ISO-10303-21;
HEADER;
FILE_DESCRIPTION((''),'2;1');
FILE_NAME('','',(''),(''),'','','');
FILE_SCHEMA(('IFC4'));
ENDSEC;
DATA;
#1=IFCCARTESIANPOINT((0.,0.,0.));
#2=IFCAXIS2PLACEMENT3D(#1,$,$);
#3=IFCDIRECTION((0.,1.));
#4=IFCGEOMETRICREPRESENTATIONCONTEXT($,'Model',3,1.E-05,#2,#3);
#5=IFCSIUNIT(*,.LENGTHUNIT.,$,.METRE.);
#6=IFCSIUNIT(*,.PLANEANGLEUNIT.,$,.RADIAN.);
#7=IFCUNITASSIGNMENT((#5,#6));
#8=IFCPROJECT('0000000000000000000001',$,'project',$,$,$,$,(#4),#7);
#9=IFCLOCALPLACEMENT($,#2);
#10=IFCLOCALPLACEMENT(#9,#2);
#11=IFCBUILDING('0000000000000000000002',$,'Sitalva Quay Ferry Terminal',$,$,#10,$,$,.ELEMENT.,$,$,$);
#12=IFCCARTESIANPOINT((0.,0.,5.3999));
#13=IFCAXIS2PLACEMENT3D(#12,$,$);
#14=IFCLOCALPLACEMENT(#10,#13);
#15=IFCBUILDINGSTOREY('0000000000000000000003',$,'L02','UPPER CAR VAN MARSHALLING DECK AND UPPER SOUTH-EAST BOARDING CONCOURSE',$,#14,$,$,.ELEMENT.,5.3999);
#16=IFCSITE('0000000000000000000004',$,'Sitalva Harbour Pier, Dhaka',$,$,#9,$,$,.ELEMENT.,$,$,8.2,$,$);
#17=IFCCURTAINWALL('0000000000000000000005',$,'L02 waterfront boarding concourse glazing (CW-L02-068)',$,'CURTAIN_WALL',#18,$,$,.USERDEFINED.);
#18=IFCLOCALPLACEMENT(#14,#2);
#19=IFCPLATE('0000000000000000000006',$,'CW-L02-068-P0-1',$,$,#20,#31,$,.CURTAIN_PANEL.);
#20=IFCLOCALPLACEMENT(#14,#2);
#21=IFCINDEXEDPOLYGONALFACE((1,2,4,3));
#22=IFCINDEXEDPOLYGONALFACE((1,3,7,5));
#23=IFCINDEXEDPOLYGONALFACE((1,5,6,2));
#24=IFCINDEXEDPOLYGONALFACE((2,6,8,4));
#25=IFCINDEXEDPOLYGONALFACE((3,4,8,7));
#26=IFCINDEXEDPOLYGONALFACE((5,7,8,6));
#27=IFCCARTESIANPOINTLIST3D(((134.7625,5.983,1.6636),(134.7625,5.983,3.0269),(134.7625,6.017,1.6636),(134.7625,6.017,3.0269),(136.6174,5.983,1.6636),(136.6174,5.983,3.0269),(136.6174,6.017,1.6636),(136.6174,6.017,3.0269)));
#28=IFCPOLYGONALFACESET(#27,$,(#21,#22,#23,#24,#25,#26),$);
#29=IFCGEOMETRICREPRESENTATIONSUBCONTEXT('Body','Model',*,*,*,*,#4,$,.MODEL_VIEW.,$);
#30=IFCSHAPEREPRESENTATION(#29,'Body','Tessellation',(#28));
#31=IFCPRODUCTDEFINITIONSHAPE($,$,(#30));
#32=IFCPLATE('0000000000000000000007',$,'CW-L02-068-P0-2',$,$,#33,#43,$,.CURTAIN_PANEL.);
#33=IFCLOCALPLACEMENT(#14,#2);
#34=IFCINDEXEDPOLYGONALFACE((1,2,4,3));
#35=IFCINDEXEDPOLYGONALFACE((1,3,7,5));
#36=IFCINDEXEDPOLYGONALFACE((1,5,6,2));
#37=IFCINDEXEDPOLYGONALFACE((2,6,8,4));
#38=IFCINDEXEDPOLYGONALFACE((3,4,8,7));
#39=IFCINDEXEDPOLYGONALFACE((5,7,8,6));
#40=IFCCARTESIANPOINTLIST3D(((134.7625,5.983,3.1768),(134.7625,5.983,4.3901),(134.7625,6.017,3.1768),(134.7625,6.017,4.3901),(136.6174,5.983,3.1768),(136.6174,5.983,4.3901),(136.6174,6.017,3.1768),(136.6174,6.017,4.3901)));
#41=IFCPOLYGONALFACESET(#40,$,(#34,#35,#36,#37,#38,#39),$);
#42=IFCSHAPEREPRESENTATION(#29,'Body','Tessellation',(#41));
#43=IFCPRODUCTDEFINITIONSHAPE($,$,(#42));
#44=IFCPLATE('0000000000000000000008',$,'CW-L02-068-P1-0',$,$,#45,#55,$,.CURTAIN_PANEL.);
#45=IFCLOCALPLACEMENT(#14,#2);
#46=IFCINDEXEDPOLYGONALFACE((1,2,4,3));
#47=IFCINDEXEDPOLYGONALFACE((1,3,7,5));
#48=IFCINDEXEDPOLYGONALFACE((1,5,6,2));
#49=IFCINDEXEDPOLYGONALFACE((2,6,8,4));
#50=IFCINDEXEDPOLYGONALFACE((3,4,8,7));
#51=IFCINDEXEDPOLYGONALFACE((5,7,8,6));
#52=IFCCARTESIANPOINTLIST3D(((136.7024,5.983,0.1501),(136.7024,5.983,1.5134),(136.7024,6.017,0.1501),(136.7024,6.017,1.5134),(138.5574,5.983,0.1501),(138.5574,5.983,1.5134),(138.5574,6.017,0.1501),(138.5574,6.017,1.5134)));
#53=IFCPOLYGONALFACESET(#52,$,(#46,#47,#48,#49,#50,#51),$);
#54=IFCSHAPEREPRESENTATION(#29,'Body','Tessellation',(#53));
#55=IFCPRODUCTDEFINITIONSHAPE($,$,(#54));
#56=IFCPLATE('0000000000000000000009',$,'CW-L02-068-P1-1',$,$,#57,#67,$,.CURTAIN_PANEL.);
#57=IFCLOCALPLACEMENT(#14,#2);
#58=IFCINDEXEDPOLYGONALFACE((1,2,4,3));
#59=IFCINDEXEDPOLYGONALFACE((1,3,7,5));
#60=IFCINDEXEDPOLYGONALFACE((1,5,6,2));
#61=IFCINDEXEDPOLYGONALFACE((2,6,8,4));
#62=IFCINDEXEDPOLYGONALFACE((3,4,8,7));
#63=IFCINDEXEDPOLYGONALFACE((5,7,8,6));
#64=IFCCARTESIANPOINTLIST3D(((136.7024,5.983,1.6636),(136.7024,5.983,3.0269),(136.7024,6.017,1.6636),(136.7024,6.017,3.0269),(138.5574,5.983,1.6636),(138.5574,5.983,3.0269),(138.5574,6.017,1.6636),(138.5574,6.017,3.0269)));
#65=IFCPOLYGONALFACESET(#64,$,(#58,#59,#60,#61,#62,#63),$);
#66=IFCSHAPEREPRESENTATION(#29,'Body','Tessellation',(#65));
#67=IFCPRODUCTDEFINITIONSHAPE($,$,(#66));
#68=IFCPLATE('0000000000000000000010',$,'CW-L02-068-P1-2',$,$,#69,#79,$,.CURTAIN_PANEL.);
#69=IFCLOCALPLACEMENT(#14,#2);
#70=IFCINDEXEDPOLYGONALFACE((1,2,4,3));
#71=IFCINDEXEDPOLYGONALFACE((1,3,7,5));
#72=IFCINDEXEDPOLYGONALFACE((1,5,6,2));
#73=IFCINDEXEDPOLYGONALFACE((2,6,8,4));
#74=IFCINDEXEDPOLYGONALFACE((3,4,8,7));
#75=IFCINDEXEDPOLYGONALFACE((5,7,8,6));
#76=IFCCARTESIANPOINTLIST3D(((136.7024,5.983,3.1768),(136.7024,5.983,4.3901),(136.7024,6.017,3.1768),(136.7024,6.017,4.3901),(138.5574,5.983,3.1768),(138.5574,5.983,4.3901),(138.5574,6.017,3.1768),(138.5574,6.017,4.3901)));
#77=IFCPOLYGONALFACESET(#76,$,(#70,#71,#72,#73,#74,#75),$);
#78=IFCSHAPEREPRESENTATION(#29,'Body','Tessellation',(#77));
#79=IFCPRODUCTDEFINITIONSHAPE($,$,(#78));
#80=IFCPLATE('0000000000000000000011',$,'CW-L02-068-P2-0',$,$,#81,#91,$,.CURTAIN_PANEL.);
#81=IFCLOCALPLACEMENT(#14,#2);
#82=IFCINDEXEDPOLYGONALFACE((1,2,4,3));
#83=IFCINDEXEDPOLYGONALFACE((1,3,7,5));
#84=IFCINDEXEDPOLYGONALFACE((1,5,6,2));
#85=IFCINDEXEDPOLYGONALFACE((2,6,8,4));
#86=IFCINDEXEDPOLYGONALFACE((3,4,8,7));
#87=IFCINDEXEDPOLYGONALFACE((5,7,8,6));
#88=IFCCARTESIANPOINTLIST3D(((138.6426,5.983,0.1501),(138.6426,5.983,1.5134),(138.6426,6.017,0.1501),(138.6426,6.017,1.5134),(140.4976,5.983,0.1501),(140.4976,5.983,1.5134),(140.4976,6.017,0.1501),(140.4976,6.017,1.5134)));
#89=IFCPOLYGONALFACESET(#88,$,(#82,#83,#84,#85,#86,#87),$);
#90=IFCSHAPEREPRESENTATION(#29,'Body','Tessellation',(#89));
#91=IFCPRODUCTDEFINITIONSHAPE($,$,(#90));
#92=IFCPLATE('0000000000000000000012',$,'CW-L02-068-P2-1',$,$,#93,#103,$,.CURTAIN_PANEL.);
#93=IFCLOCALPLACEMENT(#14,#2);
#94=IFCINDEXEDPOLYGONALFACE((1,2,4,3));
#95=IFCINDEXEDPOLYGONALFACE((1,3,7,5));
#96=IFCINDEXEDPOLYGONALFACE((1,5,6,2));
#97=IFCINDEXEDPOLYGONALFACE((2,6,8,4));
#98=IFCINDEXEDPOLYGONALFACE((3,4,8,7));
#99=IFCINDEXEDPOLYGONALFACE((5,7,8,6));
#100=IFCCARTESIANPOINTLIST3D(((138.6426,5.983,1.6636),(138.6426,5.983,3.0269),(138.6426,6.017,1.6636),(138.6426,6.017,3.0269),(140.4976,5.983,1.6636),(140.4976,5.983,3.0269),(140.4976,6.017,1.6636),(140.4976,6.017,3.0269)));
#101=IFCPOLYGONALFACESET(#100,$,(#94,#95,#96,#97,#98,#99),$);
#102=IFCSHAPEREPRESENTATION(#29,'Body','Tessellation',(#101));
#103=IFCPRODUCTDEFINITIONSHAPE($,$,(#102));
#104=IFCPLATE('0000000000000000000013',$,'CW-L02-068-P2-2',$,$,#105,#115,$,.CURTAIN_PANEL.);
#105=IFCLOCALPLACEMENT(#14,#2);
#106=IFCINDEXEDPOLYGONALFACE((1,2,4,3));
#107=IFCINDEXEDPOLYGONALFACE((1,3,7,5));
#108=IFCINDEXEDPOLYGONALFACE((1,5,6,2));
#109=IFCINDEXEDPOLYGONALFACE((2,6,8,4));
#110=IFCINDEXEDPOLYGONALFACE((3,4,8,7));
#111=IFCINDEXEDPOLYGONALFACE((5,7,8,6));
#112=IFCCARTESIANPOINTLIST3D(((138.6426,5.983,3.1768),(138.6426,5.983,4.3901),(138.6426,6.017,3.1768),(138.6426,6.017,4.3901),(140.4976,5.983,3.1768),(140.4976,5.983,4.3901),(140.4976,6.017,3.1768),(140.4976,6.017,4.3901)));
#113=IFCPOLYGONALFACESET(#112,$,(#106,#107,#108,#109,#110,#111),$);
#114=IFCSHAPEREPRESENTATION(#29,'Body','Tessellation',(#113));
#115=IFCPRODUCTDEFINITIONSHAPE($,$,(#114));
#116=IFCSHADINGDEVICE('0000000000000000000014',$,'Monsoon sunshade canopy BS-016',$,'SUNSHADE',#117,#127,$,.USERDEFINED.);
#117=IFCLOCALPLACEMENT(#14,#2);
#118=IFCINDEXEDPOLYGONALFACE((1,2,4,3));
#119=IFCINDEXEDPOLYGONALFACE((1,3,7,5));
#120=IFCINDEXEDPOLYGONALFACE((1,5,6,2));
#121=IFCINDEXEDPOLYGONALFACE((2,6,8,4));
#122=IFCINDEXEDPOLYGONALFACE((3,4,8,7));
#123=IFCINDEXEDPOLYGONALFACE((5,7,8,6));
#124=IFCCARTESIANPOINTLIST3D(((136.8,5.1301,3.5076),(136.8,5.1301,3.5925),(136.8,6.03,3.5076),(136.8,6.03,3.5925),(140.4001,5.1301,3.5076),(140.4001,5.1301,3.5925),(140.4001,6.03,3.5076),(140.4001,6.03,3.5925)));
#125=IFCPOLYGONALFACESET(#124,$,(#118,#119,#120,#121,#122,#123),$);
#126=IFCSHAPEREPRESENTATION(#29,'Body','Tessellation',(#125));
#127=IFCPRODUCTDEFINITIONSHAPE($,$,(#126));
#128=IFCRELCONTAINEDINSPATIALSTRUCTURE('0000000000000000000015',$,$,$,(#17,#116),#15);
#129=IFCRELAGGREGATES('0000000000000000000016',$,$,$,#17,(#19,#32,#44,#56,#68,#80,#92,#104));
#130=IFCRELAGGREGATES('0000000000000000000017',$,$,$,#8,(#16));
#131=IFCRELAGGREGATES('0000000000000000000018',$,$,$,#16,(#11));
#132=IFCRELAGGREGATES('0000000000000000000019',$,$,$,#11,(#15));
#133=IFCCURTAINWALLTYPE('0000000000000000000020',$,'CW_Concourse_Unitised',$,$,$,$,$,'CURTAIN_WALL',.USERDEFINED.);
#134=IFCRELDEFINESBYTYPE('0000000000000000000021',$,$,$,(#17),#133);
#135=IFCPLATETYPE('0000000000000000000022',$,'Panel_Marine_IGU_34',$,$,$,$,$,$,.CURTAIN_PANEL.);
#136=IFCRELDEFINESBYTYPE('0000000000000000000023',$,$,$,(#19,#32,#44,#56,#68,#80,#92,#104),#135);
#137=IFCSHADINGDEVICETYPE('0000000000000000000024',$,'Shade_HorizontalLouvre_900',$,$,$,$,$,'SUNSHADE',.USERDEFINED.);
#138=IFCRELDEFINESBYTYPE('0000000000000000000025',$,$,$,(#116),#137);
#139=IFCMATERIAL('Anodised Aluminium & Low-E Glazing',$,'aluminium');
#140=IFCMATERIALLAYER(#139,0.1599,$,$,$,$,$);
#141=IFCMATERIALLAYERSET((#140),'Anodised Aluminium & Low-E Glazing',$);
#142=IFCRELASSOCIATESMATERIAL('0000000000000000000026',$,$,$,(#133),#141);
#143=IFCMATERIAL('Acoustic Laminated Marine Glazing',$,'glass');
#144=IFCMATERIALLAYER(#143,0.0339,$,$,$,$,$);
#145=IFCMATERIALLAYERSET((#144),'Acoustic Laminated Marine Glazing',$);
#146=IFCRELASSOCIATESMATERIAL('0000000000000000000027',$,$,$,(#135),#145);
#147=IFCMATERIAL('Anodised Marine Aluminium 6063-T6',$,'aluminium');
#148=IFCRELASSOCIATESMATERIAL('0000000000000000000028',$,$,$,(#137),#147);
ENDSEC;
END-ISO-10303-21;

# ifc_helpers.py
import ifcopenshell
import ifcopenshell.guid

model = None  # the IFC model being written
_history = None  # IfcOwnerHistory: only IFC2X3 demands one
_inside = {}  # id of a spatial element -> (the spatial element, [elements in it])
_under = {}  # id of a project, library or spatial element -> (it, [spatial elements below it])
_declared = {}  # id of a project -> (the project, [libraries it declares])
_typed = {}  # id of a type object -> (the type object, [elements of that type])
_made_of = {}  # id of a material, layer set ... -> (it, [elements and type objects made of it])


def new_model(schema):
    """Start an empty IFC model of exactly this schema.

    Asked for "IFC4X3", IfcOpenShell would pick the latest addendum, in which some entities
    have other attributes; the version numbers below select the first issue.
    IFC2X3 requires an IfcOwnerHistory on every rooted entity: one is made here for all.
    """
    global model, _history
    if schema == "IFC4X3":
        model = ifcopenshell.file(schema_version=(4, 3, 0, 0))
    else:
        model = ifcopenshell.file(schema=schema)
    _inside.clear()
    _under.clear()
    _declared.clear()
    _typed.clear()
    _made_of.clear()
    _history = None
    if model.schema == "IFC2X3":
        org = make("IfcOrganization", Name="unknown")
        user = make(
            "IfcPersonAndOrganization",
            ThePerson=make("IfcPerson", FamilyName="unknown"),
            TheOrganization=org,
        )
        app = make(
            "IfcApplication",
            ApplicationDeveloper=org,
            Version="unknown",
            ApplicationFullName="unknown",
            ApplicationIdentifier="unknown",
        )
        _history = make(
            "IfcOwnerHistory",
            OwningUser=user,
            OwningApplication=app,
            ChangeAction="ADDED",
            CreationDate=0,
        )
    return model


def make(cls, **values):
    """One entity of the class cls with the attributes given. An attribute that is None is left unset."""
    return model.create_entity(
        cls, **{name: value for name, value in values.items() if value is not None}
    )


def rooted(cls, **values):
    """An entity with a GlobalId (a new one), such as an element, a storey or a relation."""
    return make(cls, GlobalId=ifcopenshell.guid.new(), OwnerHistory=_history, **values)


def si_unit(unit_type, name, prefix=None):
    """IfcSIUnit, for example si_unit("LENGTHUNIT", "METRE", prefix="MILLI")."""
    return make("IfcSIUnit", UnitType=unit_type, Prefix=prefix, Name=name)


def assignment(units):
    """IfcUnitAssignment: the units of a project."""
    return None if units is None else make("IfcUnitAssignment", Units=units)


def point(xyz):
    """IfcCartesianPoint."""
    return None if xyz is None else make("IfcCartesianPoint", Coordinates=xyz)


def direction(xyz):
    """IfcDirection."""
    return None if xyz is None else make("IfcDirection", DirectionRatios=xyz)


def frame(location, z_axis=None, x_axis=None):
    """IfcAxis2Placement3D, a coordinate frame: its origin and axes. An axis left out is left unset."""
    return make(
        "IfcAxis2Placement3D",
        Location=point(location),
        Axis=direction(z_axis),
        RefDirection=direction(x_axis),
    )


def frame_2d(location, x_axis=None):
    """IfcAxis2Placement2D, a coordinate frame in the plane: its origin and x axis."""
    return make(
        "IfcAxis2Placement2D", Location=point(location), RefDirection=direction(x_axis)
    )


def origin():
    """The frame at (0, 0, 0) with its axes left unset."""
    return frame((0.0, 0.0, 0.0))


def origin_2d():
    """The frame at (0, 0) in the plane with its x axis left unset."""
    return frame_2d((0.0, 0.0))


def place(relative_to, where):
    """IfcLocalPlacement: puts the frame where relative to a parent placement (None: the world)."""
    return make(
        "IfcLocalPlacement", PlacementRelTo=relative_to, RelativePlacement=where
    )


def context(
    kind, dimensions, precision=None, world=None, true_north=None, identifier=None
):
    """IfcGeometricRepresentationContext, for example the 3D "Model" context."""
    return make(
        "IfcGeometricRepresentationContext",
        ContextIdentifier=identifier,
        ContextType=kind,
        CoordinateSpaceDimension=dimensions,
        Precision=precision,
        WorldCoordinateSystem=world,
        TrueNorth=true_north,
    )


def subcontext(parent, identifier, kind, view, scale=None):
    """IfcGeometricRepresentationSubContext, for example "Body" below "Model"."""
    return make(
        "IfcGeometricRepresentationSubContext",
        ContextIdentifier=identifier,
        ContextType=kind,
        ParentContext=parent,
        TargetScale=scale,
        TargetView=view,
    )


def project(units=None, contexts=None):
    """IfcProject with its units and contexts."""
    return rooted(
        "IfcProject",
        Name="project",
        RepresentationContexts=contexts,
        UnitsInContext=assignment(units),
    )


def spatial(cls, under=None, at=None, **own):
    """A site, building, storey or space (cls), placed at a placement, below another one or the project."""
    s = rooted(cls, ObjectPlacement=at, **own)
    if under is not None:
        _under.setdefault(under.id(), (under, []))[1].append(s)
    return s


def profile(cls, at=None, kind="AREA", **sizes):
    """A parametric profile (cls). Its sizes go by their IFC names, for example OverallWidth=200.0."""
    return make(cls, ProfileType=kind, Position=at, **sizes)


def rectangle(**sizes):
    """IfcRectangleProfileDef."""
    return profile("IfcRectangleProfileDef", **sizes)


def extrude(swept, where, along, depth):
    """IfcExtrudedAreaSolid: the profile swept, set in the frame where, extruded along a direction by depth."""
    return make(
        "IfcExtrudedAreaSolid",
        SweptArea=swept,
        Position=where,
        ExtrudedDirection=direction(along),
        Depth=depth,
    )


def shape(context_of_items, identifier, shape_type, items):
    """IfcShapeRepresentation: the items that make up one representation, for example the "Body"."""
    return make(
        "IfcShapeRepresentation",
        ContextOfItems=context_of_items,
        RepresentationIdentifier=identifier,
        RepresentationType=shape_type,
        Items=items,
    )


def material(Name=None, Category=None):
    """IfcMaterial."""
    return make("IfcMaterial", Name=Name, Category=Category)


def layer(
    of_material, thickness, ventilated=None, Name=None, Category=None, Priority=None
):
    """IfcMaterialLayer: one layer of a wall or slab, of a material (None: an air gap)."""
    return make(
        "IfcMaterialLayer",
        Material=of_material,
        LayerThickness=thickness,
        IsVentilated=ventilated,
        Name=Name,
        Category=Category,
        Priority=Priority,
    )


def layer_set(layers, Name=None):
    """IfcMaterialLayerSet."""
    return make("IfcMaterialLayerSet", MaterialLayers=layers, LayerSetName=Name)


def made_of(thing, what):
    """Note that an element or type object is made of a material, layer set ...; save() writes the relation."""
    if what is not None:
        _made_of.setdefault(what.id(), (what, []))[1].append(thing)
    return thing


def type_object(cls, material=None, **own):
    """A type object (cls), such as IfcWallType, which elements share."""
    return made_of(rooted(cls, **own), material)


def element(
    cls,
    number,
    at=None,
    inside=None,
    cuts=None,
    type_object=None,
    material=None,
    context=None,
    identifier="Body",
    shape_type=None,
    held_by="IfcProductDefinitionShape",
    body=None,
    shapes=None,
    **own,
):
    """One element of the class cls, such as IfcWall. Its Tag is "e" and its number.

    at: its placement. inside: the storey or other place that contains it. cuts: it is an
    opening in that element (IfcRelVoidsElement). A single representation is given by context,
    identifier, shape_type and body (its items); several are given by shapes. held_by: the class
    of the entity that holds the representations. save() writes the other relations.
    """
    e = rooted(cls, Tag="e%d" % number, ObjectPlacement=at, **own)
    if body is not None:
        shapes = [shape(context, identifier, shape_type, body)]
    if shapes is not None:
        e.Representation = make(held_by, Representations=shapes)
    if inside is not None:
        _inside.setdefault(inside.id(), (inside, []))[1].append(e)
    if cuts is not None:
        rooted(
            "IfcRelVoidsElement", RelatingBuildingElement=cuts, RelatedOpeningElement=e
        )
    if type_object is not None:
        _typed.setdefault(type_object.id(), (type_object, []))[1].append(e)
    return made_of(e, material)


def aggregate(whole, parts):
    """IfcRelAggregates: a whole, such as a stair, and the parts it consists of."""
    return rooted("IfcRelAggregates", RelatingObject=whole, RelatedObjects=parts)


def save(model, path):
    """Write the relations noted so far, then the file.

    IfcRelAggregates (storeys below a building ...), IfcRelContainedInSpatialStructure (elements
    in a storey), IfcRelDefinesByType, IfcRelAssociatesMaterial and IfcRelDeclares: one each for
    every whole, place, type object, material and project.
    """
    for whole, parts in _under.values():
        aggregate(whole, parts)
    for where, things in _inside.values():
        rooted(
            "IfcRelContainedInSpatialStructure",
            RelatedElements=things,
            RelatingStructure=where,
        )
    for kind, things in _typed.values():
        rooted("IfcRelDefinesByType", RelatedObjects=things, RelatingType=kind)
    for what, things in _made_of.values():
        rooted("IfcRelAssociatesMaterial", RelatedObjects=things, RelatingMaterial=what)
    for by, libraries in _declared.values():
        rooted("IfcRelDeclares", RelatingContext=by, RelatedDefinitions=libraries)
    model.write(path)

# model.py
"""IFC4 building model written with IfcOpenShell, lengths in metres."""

from ifc_helpers import new_model, si_unit, direction, frame, origin, origin_2d, place, context, subcontext, project, spatial, rectangle, extrude, material, layer, layer_set, type_object, element, aggregate, save


model = new_model("IFC4")

# Units and contexts
model_context = context("Model", 3, precision=1e-05, world=origin(), true_north=direction((0.0, 1.0)))
body_context = subcontext(model_context, "Body", "Model", "MODEL_VIEW")
ifc_project = project(units=[si_unit("LENGTHUNIT", "METRE"), si_unit("PLANEANGLEUNIT", "RADIAN")], contexts=[model_context])

# Site, building, storey
site_placement = place(None, origin())
site = spatial("IfcSite", under=ifc_project, at=site_placement, Name="Sitalva Harbour Pier, Dhaka", CompositionType="ELEMENT", RefElevation=8.2)
building_placement = place(site_placement, origin())
building = spatial("IfcBuilding", under=site, at=building_placement, Name="Sitalva Quay Ferry Terminal", CompositionType="ELEMENT")
storey_placement = place(building_placement, frame((0.0, 0.0, 5.3999)))
storey = spatial("IfcBuildingStorey", under=building, at=storey_placement, Name="L02", Description="UPPER CAR VAN MARSHALLING DECK AND UPPER SOUTH-EAST BOARDING CONCOURSE", CompositionType="ELEMENT", Elevation=5.3999)

# Curtain wall, plates
ifc_material_1 = material(Name="Anodised Aluminium & Low-E Glazing", Category="aluminium")
ifc_layer_1 = layer(ifc_material_1, 0.1599)
ifc_layer_set_1 = layer_set([ifc_layer_1], Name="Anodised Aluminium & Low-E Glazing")
curtain_wall_type = type_object("IfcCurtainWallType", Name="CW_Concourse_Unitised", ElementType="CURTAIN_WALL", PredefinedType="USERDEFINED", material=ifc_layer_set_1)
curtain_wall_placement = place(storey_placement, origin())
curtain_wall = element("IfcCurtainWall", 1, at=curtain_wall_placement, inside=storey, type_object=curtain_wall_type, Name="L02 waterfront boarding concourse glazing (CW-L02-068)", ObjectType="CURTAIN_WALL", PredefinedType="USERDEFINED")
ifc_material_2 = material(Name="Acoustic Laminated Marine Glazing", Category="glass")
ifc_layer_2 = layer(ifc_material_2, 0.0339)
ifc_layer_set_2 = layer_set([ifc_layer_2], Name="Acoustic Laminated Marine Glazing")
plate_type = type_object("IfcPlateType", Name="Panel_Marine_IGU_34", PredefinedType="CURTAIN_PANEL", material=ifc_layer_set_2)
plate_1_placement = place(storey_placement, frame((135.6899, 6.0, 1.6636), z_axis=(0.0, 0.0, 1.0), x_axis=(1.0, 0.0, 0.0)))
plate_1 = element("IfcPlate", 2, at=plate_1_placement, type_object=plate_type, Name="CW-L02-068-P0-1", PredefinedType="CURTAIN_PANEL", context=body_context, shape_type="SweptSolid", body=[
    extrude(rectangle(XDim=1.855, YDim=0.0339, at=origin_2d()), origin(), (0.0, 0.0, 1.0), 1.3633),
])
plate_2_placement = place(storey_placement, frame((135.6899, 6.0, 3.1768), z_axis=(0.0, 0.0, 1.0), x_axis=(1.0, 0.0, 0.0)))
plate_2 = element("IfcPlate", 3, at=plate_2_placement, type_object=plate_type, Name="CW-L02-068-P0-2", PredefinedType="CURTAIN_PANEL", context=body_context, shape_type="SweptSolid", body=[
    extrude(rectangle(XDim=1.855, YDim=0.0339, at=origin_2d()), origin(), (0.0, 0.0, 1.0), 1.2134),
])
plate_3_placement = place(storey_placement, frame((137.6299, 6.0, 0.1501), z_axis=(0.0, 0.0, 1.0), x_axis=(1.0, 0.0, 0.0)))
plate_3 = element("IfcPlate", 4, at=plate_3_placement, type_object=plate_type, Name="CW-L02-068-P1-0", PredefinedType="CURTAIN_PANEL", context=body_context, shape_type="SweptSolid", body=[
    extrude(rectangle(XDim=1.855, YDim=0.0339, at=origin_2d()), origin(), (0.0, 0.0, 1.0), 1.3633),
])
plate_4_placement = place(storey_placement, frame((137.6299, 6.0, 1.6636), z_axis=(0.0, 0.0, 1.0), x_axis=(1.0, 0.0, 0.0)))
plate_4 = element("IfcPlate", 5, at=plate_4_placement, type_object=plate_type, Name="CW-L02-068-P1-1", PredefinedType="CURTAIN_PANEL", context=body_context, shape_type="SweptSolid", body=[
    extrude(rectangle(XDim=1.855, YDim=0.0339, at=origin_2d()), origin(), (0.0, 0.0, 1.0), 1.3633),
])
plate_5_placement = place(storey_placement, frame((137.6299, 6.0, 3.1768), z_axis=(0.0, 0.0, 1.0), x_axis=(1.0, 0.0, 0.0)))
plate_5 = element("IfcPlate", 6, at=plate_5_placement, type_object=plate_type, Name="CW-L02-068-P1-2", PredefinedType="CURTAIN_PANEL", context=body_context, shape_type="SweptSolid", body=[
    extrude(rectangle(XDim=1.855, YDim=0.0339, at=origin_2d()), origin(), (0.0, 0.0, 1.0), 1.2134),
])
plate_6_placement = place(storey_placement, frame((139.5701, 6.0, 0.1501), z_axis=(0.0, 0.0, 1.0), x_axis=(1.0, 0.0, 0.0)))
plate_6 = element("IfcPlate", 7, at=plate_6_placement, type_object=plate_type, Name="CW-L02-068-P2-0", PredefinedType="CURTAIN_PANEL", context=body_context, shape_type="SweptSolid", body=[
    extrude(rectangle(XDim=1.855, YDim=0.0339, at=origin_2d()), origin(), (0.0, 0.0, 1.0), 1.3633),
])
plate_7_placement = place(storey_placement, frame((139.5701, 6.0, 1.6636), z_axis=(0.0, 0.0, 1.0), x_axis=(1.0, 0.0, 0.0)))
plate_7 = element("IfcPlate", 8, at=plate_7_placement, type_object=plate_type, Name="CW-L02-068-P2-1", PredefinedType="CURTAIN_PANEL", context=body_context, shape_type="SweptSolid", body=[
    extrude(rectangle(XDim=1.855, YDim=0.0339, at=origin_2d()), origin(), (0.0, 0.0, 1.0), 1.3633),
])
plate_8_placement = place(storey_placement, frame((139.5701, 6.0, 3.1768), z_axis=(0.0, 0.0, 1.0), x_axis=(1.0, 0.0, 0.0)))
plate_8 = element("IfcPlate", 9, at=plate_8_placement, type_object=plate_type, Name="CW-L02-068-P2-2", PredefinedType="CURTAIN_PANEL", context=body_context, shape_type="SweptSolid", body=[
    extrude(rectangle(XDim=1.855, YDim=0.0339, at=origin_2d()), origin(), (0.0, 0.0, 1.0), 1.2134),
])
aggregate(curtain_wall, [plate_1, plate_2, plate_3, plate_4, plate_5, plate_6, plate_7, plate_8])

# Shading device
ifc_material_3 = material(Name="Anodised Marine Aluminium 6063-T6", Category="aluminium")
shading_device_type = type_object("IfcShadingDeviceType", Name="Shade_HorizontalLouvre_900", ElementType="SUNSHADE", PredefinedType="USERDEFINED", material=ifc_material_3)
shading_device_placement = place(storey_placement, frame((138.6001, 5.5801, 3.5076), z_axis=(0.0, 0.0, 1.0), x_axis=(1.0, 0.0, 0.0)))
element("IfcShadingDevice", 10, at=shading_device_placement, inside=storey, type_object=shading_device_type, Name="Monsoon sunshade canopy BS-016", ObjectType="SUNSHADE", PredefinedType="USERDEFINED", context=body_context, shape_type="SweptSolid", body=[
    extrude(rectangle(XDim=3.6001, YDim=0.8999, at=origin_2d()), origin(), (0.0, 0.0, 1.0), 0.085),
])

save(model, "model.ifc")
